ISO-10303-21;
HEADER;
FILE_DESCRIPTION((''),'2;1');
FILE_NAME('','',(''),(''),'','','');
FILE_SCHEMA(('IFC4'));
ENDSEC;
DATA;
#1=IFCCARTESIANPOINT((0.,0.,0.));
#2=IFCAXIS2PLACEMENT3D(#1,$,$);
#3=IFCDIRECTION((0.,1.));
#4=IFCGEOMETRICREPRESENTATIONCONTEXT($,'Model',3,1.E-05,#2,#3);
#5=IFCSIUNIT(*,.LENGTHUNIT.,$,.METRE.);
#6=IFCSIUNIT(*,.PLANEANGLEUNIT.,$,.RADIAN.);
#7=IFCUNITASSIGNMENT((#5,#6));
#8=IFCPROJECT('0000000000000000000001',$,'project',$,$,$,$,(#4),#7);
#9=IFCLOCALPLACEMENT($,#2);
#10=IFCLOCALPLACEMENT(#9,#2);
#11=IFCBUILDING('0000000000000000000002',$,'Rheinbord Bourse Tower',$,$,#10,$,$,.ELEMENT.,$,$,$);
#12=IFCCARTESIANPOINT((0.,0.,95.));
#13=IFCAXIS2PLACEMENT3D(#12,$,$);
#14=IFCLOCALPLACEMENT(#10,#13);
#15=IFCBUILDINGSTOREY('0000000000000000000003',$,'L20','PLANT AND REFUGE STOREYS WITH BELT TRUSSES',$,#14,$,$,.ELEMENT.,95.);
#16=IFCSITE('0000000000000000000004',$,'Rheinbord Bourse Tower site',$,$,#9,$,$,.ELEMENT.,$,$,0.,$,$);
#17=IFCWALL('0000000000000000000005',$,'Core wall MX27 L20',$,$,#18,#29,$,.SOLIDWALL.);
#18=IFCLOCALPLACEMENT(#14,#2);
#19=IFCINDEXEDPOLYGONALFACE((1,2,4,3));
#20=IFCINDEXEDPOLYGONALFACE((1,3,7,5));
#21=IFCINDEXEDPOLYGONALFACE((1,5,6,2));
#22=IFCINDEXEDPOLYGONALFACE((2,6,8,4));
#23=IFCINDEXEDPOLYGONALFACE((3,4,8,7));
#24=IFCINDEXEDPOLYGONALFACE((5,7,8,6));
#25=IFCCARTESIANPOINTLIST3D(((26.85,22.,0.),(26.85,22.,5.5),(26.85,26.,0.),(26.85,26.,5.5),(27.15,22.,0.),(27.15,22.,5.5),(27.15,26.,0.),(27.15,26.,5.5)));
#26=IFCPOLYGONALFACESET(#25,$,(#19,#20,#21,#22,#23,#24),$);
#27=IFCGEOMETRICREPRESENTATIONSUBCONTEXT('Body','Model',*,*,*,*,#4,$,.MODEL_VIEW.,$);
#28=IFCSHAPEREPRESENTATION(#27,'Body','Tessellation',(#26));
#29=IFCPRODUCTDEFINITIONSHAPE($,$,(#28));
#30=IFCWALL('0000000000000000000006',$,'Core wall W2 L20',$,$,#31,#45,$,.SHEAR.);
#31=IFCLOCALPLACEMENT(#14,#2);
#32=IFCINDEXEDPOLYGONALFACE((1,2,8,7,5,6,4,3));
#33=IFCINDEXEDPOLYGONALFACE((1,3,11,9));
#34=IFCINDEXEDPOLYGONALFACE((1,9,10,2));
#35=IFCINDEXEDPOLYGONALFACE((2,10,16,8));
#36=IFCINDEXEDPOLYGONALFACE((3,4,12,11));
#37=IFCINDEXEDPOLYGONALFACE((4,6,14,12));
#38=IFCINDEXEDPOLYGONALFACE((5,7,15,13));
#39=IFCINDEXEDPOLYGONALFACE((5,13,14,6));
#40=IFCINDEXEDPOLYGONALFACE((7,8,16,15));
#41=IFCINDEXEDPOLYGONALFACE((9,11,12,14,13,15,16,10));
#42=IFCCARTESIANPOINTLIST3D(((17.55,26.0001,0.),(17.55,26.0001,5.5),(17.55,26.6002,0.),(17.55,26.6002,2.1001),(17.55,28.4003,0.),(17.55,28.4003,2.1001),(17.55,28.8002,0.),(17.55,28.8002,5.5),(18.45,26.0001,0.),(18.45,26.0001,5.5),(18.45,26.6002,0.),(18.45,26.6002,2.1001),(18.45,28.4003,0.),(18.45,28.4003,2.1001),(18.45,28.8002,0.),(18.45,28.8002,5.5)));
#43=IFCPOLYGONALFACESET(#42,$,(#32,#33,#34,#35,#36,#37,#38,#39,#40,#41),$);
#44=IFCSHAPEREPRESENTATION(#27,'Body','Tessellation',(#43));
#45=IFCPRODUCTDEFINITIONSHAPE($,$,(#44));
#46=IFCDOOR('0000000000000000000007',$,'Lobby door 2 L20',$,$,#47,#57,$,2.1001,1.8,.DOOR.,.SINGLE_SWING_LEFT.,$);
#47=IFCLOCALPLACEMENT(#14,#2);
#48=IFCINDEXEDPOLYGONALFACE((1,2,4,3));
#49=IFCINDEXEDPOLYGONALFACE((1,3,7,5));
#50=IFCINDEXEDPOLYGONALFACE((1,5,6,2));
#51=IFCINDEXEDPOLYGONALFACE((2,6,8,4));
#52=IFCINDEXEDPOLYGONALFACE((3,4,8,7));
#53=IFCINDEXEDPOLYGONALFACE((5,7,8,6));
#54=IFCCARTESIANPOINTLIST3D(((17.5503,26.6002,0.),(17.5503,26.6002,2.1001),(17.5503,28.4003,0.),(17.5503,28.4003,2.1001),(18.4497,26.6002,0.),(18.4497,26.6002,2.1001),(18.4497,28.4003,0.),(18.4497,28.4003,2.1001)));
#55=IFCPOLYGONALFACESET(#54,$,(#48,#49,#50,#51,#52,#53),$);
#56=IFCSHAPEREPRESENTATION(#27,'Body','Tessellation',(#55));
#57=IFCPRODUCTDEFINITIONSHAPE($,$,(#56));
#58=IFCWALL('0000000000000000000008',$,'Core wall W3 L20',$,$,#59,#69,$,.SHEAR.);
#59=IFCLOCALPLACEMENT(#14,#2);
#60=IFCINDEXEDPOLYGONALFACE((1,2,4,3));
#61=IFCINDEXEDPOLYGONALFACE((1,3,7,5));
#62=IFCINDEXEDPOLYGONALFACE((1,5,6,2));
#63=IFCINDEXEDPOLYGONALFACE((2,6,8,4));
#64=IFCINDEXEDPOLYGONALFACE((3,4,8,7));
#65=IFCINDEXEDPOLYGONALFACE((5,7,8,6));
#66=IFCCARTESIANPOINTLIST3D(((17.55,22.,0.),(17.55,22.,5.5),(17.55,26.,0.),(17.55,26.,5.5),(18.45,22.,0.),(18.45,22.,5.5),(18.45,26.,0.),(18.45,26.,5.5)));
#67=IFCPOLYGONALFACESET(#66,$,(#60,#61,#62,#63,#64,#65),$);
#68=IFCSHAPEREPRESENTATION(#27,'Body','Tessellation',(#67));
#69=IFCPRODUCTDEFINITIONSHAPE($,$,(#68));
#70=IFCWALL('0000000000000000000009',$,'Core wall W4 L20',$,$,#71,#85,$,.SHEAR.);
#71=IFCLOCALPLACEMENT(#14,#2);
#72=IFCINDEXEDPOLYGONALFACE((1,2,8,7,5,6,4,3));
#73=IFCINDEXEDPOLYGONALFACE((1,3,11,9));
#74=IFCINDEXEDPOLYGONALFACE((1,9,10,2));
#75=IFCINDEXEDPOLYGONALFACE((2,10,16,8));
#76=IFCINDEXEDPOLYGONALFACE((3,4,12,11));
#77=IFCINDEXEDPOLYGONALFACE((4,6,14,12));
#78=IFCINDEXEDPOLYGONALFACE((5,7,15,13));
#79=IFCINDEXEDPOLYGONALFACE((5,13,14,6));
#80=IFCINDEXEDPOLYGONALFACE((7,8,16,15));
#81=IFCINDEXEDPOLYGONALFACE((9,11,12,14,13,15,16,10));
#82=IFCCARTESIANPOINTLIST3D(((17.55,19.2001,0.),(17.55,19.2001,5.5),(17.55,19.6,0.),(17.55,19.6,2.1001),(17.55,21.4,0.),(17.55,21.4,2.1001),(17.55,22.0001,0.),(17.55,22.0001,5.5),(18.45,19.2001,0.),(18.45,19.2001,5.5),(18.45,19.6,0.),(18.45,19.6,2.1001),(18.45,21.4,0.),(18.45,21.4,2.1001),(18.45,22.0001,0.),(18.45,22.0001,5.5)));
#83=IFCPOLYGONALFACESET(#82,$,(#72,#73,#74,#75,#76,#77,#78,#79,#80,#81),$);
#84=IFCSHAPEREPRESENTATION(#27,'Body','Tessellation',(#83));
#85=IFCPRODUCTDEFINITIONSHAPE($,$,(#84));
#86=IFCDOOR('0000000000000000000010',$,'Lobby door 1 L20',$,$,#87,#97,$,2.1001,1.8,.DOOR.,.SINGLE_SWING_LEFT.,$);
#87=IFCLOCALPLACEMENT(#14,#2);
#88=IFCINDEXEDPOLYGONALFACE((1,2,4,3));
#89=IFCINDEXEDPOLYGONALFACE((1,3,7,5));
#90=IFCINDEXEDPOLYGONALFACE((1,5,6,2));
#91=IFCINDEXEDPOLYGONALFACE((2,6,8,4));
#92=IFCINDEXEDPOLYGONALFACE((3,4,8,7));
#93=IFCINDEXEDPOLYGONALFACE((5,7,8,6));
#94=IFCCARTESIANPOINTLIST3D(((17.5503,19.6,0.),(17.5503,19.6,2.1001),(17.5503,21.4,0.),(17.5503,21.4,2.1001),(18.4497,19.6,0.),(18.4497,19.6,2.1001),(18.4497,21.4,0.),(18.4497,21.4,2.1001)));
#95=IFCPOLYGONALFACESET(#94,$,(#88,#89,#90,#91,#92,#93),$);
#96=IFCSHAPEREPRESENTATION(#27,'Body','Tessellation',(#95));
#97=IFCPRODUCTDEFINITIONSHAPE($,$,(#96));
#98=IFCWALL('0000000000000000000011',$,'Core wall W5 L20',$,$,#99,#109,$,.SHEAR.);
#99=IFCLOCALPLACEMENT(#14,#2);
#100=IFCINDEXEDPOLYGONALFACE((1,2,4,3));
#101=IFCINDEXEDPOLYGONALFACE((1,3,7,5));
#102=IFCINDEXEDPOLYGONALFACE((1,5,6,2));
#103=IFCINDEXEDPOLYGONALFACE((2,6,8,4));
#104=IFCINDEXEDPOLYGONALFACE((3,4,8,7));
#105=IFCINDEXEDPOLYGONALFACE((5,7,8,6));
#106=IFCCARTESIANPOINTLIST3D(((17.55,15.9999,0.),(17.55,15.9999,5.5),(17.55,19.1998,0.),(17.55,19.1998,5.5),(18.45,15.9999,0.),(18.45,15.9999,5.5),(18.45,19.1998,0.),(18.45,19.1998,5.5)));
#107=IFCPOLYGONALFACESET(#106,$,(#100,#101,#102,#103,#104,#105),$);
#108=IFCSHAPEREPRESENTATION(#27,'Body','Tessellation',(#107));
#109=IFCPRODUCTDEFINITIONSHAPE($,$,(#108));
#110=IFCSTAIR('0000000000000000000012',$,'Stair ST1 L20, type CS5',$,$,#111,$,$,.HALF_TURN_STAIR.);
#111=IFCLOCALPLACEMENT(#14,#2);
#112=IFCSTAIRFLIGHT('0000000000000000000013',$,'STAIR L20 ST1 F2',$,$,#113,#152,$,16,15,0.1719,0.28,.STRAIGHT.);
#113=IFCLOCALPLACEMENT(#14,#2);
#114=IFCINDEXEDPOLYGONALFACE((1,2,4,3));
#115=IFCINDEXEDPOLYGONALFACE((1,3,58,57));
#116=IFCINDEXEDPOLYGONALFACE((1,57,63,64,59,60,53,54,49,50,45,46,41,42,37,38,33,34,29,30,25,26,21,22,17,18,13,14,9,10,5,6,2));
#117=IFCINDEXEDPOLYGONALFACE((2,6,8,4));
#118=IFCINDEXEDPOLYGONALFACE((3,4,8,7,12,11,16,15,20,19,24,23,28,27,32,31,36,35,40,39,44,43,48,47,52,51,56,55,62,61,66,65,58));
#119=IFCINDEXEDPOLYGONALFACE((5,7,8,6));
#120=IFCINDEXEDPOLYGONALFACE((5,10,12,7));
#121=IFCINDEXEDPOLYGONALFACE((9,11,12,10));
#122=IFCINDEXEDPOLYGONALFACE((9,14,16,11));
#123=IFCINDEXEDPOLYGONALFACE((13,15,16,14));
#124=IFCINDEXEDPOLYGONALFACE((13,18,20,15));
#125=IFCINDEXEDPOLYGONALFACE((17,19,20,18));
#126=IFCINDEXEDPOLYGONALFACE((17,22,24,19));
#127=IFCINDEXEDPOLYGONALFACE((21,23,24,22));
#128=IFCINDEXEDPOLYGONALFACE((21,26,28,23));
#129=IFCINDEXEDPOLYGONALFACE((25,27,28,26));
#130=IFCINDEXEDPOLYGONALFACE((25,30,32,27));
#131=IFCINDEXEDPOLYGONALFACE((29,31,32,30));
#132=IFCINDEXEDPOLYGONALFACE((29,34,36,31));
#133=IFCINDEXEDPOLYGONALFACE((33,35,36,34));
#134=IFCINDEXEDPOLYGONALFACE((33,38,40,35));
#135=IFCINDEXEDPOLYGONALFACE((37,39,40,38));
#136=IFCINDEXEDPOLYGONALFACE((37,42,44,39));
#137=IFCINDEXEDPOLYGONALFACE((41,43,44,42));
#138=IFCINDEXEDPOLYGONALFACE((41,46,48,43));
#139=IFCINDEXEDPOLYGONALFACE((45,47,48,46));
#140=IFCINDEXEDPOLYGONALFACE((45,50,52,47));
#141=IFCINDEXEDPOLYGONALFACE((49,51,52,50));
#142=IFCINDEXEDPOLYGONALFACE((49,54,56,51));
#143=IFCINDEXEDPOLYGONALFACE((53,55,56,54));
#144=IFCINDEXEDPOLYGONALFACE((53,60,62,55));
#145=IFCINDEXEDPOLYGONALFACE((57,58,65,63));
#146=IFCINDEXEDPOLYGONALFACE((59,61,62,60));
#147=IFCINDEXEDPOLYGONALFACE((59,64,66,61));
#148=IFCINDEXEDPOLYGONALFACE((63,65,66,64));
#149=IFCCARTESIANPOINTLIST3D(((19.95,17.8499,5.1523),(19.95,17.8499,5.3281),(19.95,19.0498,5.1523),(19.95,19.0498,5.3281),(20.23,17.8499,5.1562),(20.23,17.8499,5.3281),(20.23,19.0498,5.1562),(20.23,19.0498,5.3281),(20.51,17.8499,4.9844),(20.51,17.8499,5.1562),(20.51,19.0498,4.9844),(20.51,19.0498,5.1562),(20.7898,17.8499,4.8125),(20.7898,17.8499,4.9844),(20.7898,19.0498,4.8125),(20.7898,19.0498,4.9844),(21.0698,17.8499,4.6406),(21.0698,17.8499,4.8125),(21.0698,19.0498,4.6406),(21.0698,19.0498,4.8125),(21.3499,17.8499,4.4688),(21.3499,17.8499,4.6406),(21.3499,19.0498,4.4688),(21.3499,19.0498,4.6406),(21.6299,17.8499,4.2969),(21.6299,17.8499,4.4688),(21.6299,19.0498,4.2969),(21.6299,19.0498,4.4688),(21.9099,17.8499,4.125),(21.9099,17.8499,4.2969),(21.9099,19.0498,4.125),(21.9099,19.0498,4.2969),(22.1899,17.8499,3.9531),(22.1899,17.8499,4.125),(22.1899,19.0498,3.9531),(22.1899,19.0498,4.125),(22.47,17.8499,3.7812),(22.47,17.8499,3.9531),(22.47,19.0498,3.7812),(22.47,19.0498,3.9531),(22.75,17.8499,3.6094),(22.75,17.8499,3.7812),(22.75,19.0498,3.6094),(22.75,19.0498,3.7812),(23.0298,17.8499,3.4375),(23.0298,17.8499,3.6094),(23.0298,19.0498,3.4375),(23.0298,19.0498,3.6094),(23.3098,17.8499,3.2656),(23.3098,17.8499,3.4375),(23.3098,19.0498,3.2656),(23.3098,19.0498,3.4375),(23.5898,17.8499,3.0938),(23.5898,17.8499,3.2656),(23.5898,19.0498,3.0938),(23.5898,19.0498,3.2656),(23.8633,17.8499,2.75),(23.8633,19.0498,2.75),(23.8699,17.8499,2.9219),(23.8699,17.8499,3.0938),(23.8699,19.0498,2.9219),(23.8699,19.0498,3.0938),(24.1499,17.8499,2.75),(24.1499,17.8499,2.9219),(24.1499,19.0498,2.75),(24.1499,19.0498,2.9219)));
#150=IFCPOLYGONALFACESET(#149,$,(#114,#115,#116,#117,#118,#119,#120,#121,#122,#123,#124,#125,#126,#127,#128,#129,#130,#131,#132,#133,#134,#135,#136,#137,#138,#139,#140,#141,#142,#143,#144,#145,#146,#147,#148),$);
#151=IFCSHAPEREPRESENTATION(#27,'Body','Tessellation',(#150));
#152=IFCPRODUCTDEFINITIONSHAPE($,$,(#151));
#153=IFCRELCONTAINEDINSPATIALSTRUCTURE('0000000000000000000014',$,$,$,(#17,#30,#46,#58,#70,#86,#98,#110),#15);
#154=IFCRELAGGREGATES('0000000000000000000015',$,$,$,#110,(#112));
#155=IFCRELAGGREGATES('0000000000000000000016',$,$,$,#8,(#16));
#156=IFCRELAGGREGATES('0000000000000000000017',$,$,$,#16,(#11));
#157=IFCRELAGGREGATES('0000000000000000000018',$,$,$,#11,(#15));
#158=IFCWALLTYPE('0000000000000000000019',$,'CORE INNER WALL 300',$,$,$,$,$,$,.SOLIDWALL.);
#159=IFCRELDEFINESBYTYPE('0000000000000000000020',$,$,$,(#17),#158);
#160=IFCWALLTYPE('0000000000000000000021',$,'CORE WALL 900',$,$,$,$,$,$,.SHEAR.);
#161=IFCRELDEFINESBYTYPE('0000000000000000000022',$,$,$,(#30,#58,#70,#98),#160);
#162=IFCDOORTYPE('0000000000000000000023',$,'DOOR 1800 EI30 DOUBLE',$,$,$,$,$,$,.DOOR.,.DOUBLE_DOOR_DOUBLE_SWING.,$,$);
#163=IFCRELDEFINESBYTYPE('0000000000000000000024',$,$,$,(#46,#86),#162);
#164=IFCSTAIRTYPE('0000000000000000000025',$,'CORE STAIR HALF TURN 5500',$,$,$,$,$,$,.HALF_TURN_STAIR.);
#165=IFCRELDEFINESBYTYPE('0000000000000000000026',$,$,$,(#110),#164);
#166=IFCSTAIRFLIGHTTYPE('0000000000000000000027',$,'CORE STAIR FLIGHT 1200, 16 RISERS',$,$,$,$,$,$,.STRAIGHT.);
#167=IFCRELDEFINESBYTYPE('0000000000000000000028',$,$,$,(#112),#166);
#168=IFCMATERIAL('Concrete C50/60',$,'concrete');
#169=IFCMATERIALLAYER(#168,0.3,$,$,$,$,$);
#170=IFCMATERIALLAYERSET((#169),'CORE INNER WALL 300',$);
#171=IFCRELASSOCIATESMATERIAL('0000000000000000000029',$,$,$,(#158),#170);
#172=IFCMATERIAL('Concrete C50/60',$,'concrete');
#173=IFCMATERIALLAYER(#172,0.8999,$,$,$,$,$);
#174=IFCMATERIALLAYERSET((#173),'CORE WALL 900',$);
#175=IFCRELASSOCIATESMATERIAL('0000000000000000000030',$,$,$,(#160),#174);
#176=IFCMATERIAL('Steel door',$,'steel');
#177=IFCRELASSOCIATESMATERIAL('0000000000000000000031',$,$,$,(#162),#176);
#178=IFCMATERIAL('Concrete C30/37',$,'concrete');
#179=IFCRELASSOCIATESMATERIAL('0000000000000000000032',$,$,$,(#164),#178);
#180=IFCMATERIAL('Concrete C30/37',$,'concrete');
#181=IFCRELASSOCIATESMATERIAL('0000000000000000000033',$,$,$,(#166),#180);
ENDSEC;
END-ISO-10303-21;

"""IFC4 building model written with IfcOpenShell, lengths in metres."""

from ifc_helpers import new_model, si_unit, direction, frame, frame_2d, origin, place, context, subcontext, project, spatial, polyline, rectangle, outline, extrude, material, layer, layer_set, type_object, element, fill, aggregate, save


model = new_model("IFC4")

# Units and contexts
model_context = context("Model", 3, precision=1e-05, world=origin(), true_north=direction((0.0, 1.0)))
body_context = subcontext(model_context, "Body", "Model", "MODEL_VIEW")
ifc_project = project(units=[si_unit("LENGTHUNIT", "METRE"), si_unit("PLANEANGLEUNIT", "RADIAN")], contexts=[model_context])

# Site, building, storey
site_placement = place(None, origin())
site = spatial("IfcSite", under=ifc_project, at=site_placement, Name="Rheinbord Bourse Tower site", CompositionType="ELEMENT", RefElevation=0.0)
building_placement = place(site_placement, origin())
building = spatial("IfcBuilding", under=site, at=building_placement, Name="Rheinbord Bourse Tower", CompositionType="ELEMENT")
storey_placement = place(building_placement, frame((0.0, 0.0, 95.0)))
storey = spatial("IfcBuildingStorey", under=building, at=storey_placement, Name="L20", Description="PLANT AND REFUGE STOREYS WITH BELT TRUSSES", CompositionType="ELEMENT", Elevation=95.0)

# Shared definitions
ifc_material_1 = material(Name="Concrete C50/60", Category="concrete")
ifc_layer_1 = layer(ifc_material_1, 0.3)
ifc_layer_set_1 = layer_set([ifc_layer_1], Name="CORE INNER WALL 300")
wall_type_1 = type_object("IfcWallType", Name="CORE INNER WALL 300", PredefinedType="SOLIDWALL", material=ifc_layer_set_1)

# Wall
for number, where, z_axis, x_axis, name in (
    (1, (27.0, 22.0, 0.0), (0.0, 0.0, 1.0), (0.0, 1.0, 0.0), "Core wall MX27 L20"),
):
    element("IfcWall", number, at=place(storey_placement, frame(where, z_axis=z_axis, x_axis=x_axis)), inside=storey, type_object=wall_type_1, Name=name, PredefinedType="SOLIDWALL", context=body_context, shape_type="SweptSolid", body=[
        extrude(rectangle(XDim=4.0, YDim=0.3, at=frame_2d((2.0, 0.0))), origin(), (0.0, 0.0, 1.0), 5.5),
    ])

# Wall, opening, door
ifc_material_2 = material(Name="Concrete C50/60", Category="concrete")
ifc_layer_2 = layer(ifc_material_2, 0.8999)
ifc_layer_set_2 = layer_set([ifc_layer_2], Name="CORE WALL 900")
wall_type_2 = type_object("IfcWallType", Name="CORE WALL 900", PredefinedType="SHEAR", material=ifc_layer_set_2)
wall_1_placement = place(storey_placement, frame((18.0, 28.8, 0.0), z_axis=(0.0, 0.0, 1.0), x_axis=(0.0, -1.0, 0.0)))
wall_1 = element("IfcWall", 2, at=wall_1_placement, inside=storey, type_object=wall_type_2, Name="Core wall W2 L20", PredefinedType="SHEAR", context=body_context, shape_type="SweptSolid", body=[
    extrude(rectangle(XDim=2.8, YDim=0.8999, at=frame_2d((1.3999, 0.0))), origin(), (0.0, 0.0, 1.0), 5.5),
])
opening_1_placement = place(wall_1_placement, frame((0.3999, 0.0, 0.0)))
opening_1 = element("IfcOpeningElement", 3, at=opening_1_placement, cuts=wall_1, PredefinedType="OPENING", context=body_context, shape_type="SweptSolid", body=[
    extrude(rectangle(XDim=1.8, YDim=2.1001, at=frame_2d((0.8999, 1.05))), frame((0.0, 0.46, 0.0), z_axis=(0.0, -1.0, 0.0), x_axis=(1.0, 0.0, 0.0)), (0.0, 0.0, 1.0), 0.9199),
])
ifc_material_3 = material(Name="Steel door", Category="steel")
door_type_1 = type_object("IfcDoorType", Name="DOOR 1800 EI30 DOUBLE", OperationType="DOUBLE_DOOR_DOUBLE_SWING", PredefinedType="DOOR", material=ifc_material_3)
door_1_placement = place(opening_1_placement, origin())
door_1 = element("IfcDoor", 4, at=door_1_placement, inside=storey, type_object=door_type_1, Name="Lobby door 2 L20", OperationType="SINGLE_SWING_LEFT", OverallHeight=2.1001, OverallWidth=1.8, PredefinedType="DOOR", context=body_context, shape_type="SweptSolid", body=[
    extrude(rectangle(XDim=1.8, YDim=2.1001, at=frame_2d((0.8999, 1.05))), frame((0.0, 0.4497, 0.0), z_axis=(0.0, -1.0, 0.0), x_axis=(1.0, 0.0, 0.0)), (0.0, 0.0, 1.0), 0.8994),
])
fill(opening_1, door_1)

# Wall
wall_2_placement = place(storey_placement, frame((18.0, 26.0, 0.0), z_axis=(0.0, 0.0, 1.0), x_axis=(0.0, -1.0, 0.0)))
element("IfcWall", 5, at=wall_2_placement, inside=storey, type_object=wall_type_2, Name="Core wall W3 L20", PredefinedType="SHEAR", context=body_context, shape_type="SweptSolid", body=[
    extrude(rectangle(XDim=4.0, YDim=0.8999, at=frame_2d((2.0, 0.0))), origin(), (0.0, 0.0, 1.0), 5.5),
])

# Wall, opening, door
wall_3_placement = place(storey_placement, frame((18.0, 22.0, 0.0), z_axis=(0.0, 0.0, 1.0), x_axis=(0.0, -1.0, 0.0)))
wall_3 = element("IfcWall", 6, at=wall_3_placement, inside=storey, type_object=wall_type_2, Name="Core wall W4 L20", PredefinedType="SHEAR", context=body_context, shape_type="SweptSolid", body=[
    extrude(rectangle(XDim=2.8, YDim=0.8999, at=frame_2d((1.3999, 0.0))), origin(), (0.0, 0.0, 1.0), 5.5),
])
opening_2_placement = place(wall_3_placement, frame((0.6001, 0.0, 0.0)))
opening_2 = element("IfcOpeningElement", 7, at=opening_2_placement, cuts=wall_3, PredefinedType="OPENING", context=body_context, shape_type="SweptSolid", body=[
    extrude(rectangle(XDim=1.8, YDim=2.1001, at=frame_2d((0.8999, 1.05))), frame((0.0, 0.46, 0.0), z_axis=(0.0, -1.0, 0.0), x_axis=(1.0, 0.0, 0.0)), (0.0, 0.0, 1.0), 0.9199),
])
door_2_placement = place(opening_2_placement, origin())
door_2 = element("IfcDoor", 8, at=door_2_placement, inside=storey, type_object=door_type_1, Name="Lobby door 1 L20", OperationType="SINGLE_SWING_LEFT", OverallHeight=2.1001, OverallWidth=1.8, PredefinedType="DOOR", context=body_context, shape_type="SweptSolid", body=[
    extrude(rectangle(XDim=1.8, YDim=2.1001, at=frame_2d((0.8999, 1.05))), frame((0.0, 0.4497, 0.0), z_axis=(0.0, -1.0, 0.0), x_axis=(1.0, 0.0, 0.0)), (0.0, 0.0, 1.0), 0.8994),
])
fill(opening_2, door_2)

# Wall
wall_4_placement = place(storey_placement, frame((18.0, 19.2, 0.0), z_axis=(0.0, 0.0, 1.0), x_axis=(0.0, -1.0, 0.0)))
element("IfcWall", 9, at=wall_4_placement, inside=storey, type_object=wall_type_2, Name="Core wall W5 L20", PredefinedType="SHEAR", context=body_context, shape_type="SweptSolid", body=[
    extrude(rectangle(XDim=3.2, YDim=0.8999, at=frame_2d((1.6001, 0.0))), origin(), (0.0, 0.0, 1.0), 5.5),
])

# Stair, stair flight
ifc_material_4 = material(Name="Concrete C30/37", Category="concrete")
stair_type = type_object("IfcStairType", Name="CORE STAIR HALF TURN 5500", PredefinedType="HALF_TURN_STAIR", material=ifc_material_4)
stair_placement = place(storey_placement, origin())
stair = element("IfcStair", 10, at=stair_placement, inside=storey, type_object=stair_type, Name="Stair ST1 L20, type CS5", PredefinedType="HALF_TURN_STAIR")
ifc_material_5 = material(Name="Concrete C30/37", Category="concrete")
stair_flight_type = type_object("IfcStairFlightType", Name="CORE STAIR FLIGHT 1200, 16 RISERS", PredefinedType="STRAIGHT", material=ifc_material_5)
stair_flight_placement = place(storey_placement, frame((24.1499, 18.45, 2.75), z_axis=(0.0, 0.0, 1.0), x_axis=(-1.0, 0.0, 0.0)))
stair_flight = element("IfcStairFlight", 11, at=stair_flight_placement, type_object=stair_flight_type, Name="STAIR L20 ST1 F2", NumberOfRisers=16, NumberOfTreads=15, PredefinedType="STRAIGHT", RiserHeight=0.1719, TreadLength=0.28, context=body_context, shape_type="SweptSolid", body=[
    extrude(outline(polyline([(0.0, 0.0), (0.0, 0.1719), (0.28, 0.1719), (0.28, 0.3438), (0.5601, 0.3438), (0.5601, 0.5156), (0.8401, 0.5156), (0.8401, 0.6875), (1.1201, 0.6875), (1.1201, 0.8594), (1.3999, 0.8594), (1.3999, 1.0312), (1.6799, 1.0312), (1.6799, 1.2031), (1.96, 1.2031), (1.96, 1.375), (2.24, 1.375), (2.24, 1.5469), (2.52, 1.5469), (2.52, 1.7188), (2.8, 1.7188), (2.8, 1.8906), (3.0801, 1.8906), (3.0801, 2.0625), (3.3601, 2.0625), (3.3601, 2.2344), (3.6399, 2.2344), (3.6399, 2.4062), (3.9199, 2.4062), (3.9199, 2.5781), (4.2, 2.5781), (4.2, 2.75), (4.2, 2.4023), (0.2866, 0.0), (0.0, 0.0)])), frame((0.0, 0.6001, 0.0), z_axis=(0.0, -1.0, 0.0), x_axis=(1.0, 0.0, 0.0)), (0.0, 0.0, 1.0), 1.2),
])
aggregate(stair, [stair_flight])

save(model, "model.ifc")
